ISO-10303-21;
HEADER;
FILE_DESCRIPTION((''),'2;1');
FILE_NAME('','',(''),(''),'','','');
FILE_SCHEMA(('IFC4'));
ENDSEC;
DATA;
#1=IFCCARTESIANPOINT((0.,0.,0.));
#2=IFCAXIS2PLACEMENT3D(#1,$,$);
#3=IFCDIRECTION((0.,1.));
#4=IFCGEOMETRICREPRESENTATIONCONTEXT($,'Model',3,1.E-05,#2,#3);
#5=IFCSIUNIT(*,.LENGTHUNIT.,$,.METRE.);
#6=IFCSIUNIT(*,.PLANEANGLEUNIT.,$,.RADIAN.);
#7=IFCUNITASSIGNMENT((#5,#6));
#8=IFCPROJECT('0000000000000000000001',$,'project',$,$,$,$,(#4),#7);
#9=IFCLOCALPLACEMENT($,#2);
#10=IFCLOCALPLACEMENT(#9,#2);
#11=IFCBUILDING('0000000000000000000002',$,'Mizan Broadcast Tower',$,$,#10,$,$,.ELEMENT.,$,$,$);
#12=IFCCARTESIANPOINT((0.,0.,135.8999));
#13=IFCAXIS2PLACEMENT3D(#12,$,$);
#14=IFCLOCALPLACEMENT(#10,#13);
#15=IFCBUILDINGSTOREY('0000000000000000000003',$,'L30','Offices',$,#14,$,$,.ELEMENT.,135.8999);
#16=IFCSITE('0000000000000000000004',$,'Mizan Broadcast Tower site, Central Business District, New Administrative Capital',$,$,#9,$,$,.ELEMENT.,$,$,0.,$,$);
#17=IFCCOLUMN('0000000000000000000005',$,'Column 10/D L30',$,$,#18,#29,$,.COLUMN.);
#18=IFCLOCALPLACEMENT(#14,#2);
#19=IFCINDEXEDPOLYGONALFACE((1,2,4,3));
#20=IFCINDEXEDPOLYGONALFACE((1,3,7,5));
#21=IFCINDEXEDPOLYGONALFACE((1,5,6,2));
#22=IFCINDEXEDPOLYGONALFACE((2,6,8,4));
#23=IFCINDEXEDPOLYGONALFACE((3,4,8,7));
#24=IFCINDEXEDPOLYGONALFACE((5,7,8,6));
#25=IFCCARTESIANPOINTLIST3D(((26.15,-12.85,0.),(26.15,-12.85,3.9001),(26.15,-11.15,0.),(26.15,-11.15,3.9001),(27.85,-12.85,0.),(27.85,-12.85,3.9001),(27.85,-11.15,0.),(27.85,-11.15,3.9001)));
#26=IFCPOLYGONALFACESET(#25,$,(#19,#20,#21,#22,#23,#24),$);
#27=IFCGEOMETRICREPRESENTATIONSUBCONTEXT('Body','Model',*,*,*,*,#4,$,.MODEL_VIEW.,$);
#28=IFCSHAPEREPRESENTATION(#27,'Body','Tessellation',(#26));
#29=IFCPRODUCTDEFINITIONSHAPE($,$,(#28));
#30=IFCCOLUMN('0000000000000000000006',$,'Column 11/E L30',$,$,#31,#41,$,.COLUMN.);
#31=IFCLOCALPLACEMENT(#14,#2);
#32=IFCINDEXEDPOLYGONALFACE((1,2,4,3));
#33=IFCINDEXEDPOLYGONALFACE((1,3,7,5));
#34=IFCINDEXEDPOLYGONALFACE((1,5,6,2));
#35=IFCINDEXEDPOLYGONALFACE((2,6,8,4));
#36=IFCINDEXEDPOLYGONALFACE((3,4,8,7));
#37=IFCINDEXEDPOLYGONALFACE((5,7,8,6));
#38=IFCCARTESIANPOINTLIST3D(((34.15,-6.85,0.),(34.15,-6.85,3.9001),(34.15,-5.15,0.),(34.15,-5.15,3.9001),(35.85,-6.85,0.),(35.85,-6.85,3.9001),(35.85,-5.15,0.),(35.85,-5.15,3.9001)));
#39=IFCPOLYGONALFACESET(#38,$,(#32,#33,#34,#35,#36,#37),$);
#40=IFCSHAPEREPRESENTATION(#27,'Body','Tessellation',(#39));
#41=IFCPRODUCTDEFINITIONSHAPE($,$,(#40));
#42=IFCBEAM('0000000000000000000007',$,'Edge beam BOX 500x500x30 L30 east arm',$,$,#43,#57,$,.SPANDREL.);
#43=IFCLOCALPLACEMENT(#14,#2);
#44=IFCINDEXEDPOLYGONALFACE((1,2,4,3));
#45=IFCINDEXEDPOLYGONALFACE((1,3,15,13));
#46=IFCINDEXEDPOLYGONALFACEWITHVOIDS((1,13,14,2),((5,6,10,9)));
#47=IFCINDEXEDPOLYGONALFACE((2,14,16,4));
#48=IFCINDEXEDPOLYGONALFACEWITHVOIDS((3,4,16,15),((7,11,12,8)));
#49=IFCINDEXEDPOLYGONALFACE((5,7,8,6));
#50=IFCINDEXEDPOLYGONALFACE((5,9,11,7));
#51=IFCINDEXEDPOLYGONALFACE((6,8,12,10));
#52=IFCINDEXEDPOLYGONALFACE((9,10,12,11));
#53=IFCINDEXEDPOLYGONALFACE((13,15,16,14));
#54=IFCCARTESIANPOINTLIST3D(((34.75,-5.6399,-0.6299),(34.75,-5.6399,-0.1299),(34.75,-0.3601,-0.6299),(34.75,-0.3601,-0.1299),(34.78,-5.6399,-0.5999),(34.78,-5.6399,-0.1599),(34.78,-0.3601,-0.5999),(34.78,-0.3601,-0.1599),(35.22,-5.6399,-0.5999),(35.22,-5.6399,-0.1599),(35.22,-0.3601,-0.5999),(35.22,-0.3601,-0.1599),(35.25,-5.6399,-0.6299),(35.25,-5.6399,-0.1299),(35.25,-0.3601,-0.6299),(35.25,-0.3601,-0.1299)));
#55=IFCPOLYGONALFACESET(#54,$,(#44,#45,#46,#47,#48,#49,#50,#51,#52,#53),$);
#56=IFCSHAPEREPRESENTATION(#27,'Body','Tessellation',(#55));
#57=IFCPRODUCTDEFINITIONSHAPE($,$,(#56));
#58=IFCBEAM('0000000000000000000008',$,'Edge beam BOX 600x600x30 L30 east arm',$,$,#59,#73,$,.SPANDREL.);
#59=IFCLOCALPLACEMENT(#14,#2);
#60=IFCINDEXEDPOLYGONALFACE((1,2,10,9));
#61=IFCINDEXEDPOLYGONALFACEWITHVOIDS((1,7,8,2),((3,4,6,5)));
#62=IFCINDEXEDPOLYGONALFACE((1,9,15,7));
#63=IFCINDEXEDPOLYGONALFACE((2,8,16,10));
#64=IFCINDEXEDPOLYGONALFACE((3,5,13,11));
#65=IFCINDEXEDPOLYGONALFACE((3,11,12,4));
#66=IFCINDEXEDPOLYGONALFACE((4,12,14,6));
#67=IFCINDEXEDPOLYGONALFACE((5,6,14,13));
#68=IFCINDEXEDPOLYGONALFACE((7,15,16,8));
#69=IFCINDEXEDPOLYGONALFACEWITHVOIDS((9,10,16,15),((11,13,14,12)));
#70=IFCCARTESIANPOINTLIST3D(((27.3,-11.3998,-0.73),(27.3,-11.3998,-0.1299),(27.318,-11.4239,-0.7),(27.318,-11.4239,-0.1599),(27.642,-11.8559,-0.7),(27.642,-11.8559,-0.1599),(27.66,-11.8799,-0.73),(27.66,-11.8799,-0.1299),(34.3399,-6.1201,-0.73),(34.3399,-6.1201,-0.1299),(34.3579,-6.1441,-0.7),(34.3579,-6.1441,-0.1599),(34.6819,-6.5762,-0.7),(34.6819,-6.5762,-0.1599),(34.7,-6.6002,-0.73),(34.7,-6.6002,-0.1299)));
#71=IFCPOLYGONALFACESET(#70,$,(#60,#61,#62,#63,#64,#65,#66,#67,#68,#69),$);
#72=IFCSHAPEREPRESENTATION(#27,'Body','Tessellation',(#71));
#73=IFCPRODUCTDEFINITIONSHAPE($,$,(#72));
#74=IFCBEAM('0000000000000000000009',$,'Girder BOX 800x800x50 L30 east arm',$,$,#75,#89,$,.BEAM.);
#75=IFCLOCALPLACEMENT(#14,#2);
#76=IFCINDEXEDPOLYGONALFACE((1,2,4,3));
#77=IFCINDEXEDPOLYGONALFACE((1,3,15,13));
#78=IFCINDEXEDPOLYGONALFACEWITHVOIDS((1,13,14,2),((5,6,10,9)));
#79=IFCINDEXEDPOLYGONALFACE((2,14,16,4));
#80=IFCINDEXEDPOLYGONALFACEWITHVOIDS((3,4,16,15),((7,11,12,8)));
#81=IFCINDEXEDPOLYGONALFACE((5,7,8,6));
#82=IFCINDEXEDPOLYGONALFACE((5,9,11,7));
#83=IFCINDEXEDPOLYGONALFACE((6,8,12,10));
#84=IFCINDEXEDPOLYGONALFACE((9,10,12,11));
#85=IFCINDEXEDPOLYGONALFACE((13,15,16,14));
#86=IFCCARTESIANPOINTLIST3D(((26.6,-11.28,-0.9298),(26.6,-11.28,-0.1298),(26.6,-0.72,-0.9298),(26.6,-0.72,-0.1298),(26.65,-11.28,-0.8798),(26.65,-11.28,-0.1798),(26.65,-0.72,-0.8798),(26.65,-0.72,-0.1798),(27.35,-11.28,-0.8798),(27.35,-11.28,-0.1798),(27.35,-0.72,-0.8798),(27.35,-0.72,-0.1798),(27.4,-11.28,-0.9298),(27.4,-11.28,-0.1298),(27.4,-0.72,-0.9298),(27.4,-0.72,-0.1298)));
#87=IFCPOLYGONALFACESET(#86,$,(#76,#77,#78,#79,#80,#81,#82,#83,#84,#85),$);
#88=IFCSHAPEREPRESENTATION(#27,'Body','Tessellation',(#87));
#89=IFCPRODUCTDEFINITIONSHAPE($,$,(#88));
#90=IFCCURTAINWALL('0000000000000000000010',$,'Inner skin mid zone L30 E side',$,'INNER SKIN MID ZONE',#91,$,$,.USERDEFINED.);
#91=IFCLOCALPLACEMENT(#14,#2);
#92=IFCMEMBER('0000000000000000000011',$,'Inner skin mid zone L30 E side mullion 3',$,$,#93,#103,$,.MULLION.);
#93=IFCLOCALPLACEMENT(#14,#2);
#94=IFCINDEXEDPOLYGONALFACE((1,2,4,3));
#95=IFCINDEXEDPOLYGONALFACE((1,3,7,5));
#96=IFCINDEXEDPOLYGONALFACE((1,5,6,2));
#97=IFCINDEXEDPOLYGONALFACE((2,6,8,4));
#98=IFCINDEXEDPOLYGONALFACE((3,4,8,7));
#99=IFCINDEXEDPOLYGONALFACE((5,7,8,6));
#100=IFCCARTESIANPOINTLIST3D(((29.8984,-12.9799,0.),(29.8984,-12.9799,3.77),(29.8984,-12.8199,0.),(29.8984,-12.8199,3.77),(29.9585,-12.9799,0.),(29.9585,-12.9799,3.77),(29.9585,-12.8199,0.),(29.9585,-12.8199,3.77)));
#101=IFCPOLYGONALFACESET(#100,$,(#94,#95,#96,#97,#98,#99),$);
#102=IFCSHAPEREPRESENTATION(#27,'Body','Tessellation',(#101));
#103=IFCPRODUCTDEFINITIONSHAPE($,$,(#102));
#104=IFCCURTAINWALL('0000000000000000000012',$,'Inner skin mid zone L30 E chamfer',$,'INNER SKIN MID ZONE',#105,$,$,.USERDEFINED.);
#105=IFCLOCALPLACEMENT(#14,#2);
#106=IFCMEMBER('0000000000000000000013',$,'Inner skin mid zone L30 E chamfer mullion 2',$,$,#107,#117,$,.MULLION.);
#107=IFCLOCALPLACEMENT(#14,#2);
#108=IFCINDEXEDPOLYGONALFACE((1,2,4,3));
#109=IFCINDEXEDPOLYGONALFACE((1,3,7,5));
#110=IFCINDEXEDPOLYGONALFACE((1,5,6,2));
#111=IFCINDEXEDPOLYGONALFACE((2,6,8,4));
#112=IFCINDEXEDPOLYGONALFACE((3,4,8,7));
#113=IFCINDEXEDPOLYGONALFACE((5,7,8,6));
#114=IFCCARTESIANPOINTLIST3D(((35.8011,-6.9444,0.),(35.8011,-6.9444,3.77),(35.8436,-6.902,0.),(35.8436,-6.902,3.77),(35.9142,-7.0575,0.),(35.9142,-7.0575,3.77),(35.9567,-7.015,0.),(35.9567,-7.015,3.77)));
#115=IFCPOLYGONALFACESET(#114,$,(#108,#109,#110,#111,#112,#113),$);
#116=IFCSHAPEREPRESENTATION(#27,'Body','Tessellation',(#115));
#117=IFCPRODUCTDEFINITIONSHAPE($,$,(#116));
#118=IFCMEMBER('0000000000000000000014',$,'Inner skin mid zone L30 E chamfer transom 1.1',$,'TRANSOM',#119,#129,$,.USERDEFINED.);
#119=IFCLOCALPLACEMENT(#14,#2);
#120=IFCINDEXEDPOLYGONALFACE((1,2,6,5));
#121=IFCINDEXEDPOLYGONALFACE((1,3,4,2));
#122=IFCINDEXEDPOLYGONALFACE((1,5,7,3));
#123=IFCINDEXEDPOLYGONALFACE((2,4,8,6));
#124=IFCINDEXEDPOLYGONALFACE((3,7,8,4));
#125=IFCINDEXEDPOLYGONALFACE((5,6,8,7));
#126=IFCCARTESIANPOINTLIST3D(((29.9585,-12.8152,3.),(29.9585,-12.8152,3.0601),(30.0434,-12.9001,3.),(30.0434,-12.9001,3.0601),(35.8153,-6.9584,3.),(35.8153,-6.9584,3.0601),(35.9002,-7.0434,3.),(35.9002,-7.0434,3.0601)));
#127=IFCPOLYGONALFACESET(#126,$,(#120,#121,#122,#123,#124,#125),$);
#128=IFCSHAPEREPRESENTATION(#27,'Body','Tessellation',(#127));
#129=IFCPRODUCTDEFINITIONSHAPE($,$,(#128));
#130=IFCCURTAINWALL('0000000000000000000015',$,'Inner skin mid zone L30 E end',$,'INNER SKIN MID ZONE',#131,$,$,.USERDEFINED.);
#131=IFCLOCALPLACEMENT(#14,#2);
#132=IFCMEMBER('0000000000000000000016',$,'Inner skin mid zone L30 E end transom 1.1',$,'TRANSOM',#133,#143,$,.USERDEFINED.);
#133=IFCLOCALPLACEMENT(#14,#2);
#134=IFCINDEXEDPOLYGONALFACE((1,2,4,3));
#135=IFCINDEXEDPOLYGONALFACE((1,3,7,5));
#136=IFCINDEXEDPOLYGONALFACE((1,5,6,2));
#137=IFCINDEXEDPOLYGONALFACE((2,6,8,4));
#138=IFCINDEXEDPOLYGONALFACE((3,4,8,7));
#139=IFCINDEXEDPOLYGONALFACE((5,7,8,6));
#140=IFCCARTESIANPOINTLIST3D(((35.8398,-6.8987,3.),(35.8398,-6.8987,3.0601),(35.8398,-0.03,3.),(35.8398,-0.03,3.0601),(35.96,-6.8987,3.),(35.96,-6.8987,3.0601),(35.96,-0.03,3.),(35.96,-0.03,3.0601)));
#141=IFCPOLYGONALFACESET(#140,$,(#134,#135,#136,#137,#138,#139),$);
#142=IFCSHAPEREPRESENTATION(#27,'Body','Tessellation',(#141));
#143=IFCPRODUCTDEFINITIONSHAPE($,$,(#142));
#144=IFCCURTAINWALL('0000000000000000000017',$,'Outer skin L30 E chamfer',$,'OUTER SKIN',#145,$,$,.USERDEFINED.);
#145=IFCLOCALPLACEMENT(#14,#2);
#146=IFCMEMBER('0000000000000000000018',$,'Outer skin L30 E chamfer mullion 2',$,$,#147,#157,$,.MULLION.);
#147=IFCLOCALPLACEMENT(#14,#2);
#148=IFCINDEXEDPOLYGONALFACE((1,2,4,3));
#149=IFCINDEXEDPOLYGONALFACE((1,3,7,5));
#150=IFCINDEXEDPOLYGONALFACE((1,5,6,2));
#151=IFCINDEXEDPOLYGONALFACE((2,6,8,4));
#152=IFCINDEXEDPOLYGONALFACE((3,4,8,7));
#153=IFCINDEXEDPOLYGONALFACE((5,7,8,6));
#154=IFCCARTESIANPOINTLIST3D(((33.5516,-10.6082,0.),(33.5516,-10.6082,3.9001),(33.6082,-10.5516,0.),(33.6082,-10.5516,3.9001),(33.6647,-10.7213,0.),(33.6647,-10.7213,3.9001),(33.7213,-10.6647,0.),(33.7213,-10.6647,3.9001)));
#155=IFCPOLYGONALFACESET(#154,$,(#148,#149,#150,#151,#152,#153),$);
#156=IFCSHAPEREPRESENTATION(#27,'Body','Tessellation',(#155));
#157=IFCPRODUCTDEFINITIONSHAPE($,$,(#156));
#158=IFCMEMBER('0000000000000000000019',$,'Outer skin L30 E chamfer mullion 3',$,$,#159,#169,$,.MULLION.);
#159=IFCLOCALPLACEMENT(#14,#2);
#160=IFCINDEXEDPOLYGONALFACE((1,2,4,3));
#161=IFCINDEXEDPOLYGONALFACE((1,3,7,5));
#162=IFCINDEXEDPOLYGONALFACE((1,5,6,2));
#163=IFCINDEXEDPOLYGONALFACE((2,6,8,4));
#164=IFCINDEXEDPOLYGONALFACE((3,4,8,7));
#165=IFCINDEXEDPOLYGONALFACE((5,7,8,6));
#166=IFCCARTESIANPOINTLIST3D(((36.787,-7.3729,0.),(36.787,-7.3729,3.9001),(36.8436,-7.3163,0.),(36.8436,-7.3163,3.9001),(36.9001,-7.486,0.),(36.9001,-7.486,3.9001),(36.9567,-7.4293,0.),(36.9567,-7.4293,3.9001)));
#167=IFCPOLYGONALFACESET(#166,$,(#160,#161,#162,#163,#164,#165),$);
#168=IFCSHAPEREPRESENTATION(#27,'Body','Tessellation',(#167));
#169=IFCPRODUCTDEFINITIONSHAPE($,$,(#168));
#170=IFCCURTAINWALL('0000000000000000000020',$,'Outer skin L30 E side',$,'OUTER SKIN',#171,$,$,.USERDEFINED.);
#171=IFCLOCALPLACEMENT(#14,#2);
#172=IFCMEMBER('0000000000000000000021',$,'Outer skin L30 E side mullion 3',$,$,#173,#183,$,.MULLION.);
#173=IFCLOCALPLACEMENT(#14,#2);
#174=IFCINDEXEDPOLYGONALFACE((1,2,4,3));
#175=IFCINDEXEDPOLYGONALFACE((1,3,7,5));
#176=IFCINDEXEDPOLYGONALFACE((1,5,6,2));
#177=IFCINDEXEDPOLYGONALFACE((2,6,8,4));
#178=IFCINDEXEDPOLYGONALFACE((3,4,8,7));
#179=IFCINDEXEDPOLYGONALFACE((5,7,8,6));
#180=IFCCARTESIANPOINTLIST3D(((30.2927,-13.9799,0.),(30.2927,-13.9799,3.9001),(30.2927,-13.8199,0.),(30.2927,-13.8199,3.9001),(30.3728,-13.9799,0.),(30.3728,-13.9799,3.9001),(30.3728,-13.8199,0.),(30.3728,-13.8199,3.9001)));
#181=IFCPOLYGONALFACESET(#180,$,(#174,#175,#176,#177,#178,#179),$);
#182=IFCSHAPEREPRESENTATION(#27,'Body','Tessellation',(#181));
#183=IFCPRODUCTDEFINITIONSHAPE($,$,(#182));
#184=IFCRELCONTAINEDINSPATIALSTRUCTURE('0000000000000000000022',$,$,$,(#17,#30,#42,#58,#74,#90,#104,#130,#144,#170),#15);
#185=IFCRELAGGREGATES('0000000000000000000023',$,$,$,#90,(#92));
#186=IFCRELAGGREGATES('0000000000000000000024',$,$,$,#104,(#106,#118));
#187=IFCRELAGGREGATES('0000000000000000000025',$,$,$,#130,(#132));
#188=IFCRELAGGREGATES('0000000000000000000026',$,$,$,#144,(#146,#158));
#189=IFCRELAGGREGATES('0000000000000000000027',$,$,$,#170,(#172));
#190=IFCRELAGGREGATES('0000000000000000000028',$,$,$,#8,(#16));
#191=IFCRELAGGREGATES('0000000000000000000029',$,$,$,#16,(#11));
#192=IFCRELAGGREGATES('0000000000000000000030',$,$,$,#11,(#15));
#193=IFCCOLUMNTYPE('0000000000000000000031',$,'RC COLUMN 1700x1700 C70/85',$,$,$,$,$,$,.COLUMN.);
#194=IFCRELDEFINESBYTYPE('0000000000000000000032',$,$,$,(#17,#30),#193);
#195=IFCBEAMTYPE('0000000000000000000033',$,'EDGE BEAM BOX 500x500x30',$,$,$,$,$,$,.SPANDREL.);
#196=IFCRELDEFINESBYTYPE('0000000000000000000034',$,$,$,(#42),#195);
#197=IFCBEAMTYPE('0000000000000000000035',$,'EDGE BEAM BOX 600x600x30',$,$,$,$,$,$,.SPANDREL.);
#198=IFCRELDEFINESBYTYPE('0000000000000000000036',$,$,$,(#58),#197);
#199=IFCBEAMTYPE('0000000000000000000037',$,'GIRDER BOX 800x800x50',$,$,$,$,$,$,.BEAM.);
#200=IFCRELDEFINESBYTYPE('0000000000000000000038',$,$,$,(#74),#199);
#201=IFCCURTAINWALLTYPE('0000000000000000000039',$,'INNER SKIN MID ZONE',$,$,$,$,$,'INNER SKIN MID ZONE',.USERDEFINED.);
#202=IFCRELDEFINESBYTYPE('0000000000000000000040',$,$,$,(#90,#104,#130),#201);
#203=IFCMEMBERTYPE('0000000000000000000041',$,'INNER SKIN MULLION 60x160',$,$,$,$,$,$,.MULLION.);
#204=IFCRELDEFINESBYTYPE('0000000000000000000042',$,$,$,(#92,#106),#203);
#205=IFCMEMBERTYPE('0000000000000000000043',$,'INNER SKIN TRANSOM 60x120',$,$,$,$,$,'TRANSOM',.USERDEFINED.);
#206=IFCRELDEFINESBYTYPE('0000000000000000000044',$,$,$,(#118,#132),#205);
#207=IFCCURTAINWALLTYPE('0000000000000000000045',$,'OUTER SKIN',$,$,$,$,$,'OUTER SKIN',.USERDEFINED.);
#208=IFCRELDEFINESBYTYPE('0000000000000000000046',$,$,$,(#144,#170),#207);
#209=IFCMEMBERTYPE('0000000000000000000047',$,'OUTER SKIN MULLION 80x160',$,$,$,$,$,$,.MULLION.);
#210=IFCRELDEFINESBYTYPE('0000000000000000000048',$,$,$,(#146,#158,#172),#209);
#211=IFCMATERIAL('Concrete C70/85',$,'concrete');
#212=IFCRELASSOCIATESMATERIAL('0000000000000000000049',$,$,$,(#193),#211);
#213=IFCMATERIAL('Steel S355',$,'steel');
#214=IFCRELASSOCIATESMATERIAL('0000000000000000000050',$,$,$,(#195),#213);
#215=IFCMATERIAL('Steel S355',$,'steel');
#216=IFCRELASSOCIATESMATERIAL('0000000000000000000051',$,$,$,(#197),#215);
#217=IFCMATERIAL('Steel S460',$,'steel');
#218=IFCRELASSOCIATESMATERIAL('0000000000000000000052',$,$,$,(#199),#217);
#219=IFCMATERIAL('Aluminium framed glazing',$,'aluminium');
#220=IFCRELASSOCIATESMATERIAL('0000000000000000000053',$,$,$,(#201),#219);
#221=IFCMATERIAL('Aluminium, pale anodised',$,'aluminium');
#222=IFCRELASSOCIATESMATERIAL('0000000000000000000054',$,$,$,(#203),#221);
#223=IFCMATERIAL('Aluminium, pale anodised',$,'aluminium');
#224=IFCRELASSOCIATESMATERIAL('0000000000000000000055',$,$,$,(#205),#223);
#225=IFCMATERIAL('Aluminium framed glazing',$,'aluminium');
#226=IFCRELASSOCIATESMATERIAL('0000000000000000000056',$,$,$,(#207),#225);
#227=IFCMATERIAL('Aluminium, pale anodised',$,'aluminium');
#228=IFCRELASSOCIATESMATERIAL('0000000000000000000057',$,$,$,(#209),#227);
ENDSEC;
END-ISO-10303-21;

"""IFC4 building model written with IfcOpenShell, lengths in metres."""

from ifc_helpers import new_model, si_unit, direction, frame, origin, origin_2d, place, context, subcontext, project, spatial, rectangle, hollow_rectangle, extrude, material, material_profile, profile_set, type_object, element, aggregate, save


model = new_model("IFC4")

# Units and contexts
model_context = context("Model", 3, precision=1e-05, world=origin(), true_north=direction((0.0, 1.0)))
body_context = subcontext(model_context, "Body", "Model", "MODEL_VIEW")
ifc_project = project(units=[si_unit("LENGTHUNIT", "METRE"), si_unit("PLANEANGLEUNIT", "RADIAN")], contexts=[model_context])

# Site, building, storey
site_placement = place(None, origin())
site = spatial("IfcSite", under=ifc_project, at=site_placement, Name="Mizan Broadcast Tower site, Central Business District, New Administrative Capital", CompositionType="ELEMENT", RefElevation=0.0)
building_placement = place(site_placement, origin())
building = spatial("IfcBuilding", under=site, at=building_placement, Name="Mizan Broadcast Tower", CompositionType="ELEMENT")
storey_placement = place(building_placement, frame((0.0, 0.0, 135.8999)))
storey = spatial("IfcBuildingStorey", under=building, at=storey_placement, Name="L30", Description="Offices", CompositionType="ELEMENT", Elevation=135.8999)

# Columns
ifc_material_1 = material(Name="Concrete C70/85", Category="concrete")
ifc_material_profile_1 = material_profile(ifc_material_1, rectangle(XDim=1.7, YDim=1.7, at=origin_2d()), Name="RC 1700x1700")
ifc_profile_set_1 = profile_set([ifc_material_profile_1], Name="Concrete C70/85")
column_type = type_object("IfcColumnType", Name="RC COLUMN 1700x1700 C70/85", PredefinedType="COLUMN", material=ifc_profile_set_1)
for number, where, z_axis, x_axis, name in (
    (1, (27.0, -12.0, 0.0), (0.0, 0.0, 1.0), (1.0, 0.0, 0.0), "Column 10/D L30"),
    (2, (35.0, -6.0, 0.0), (0.0, 0.0, 1.0), (1.0, 0.0, 0.0), "Column 11/E L30"),
):
    element("IfcColumn", number, at=place(storey_placement, frame(where, z_axis=z_axis, x_axis=x_axis)), inside=storey, type_object=column_type, Name=name, PredefinedType="COLUMN", context=body_context, shape_type="SweptSolid", body=[
        extrude(rectangle(XDim=1.7, YDim=1.7, at=origin_2d()), origin(), (0.0, 0.0, 1.0), 3.9001),
    ])

# Beams
ifc_material_2 = material(Name="Steel S355", Category="steel")
ifc_material_profile_2 = material_profile(ifc_material_2, hollow_rectangle(XDim=0.5, YDim=0.5, WallThickness=0.03, at=origin_2d()), Name="BOX 500x500x30")
ifc_profile_set_2 = profile_set([ifc_material_profile_2], Name="Steel S355")
beam_type_1 = type_object("IfcBeamType", Name="EDGE BEAM BOX 500x500x30", PredefinedType="SPANDREL", material=ifc_profile_set_2)
beam_1_placement = place(storey_placement, frame((35.0, -5.6399, -0.3799), z_axis=(0.0, 1.0, 0.0), x_axis=(-1.0, 0.0, 0.0)))
element("IfcBeam", 3, at=beam_1_placement, inside=storey, type_object=beam_type_1, Name="Edge beam BOX 500x500x30 L30 east arm", PredefinedType="SPANDREL", context=body_context, shape_type="SweptSolid", body=[
    extrude(hollow_rectangle(XDim=0.5, YDim=0.5, WallThickness=0.03, at=origin_2d()), origin(), (0.0, 0.0, 1.0), 5.2798),
])
ifc_material_3 = material(Name="Steel S355", Category="steel")
ifc_material_profile_3 = material_profile(ifc_material_3, hollow_rectangle(XDim=0.6001, YDim=0.6001, WallThickness=0.03, at=origin_2d()), Name="BOX 600x600x30")
ifc_profile_set_3 = profile_set([ifc_material_profile_3], Name="Steel S355")
beam_type_2 = type_object("IfcBeamType", Name="EDGE BEAM BOX 600x600x30", PredefinedType="SPANDREL", material=ifc_profile_set_3)
beam_2_placement = place(storey_placement, frame((27.48, -11.6399, -0.4299), z_axis=(0.800013, 0.599982, 0.0), x_axis=(-0.599982, 0.800013, 0.0)))
element("IfcBeam", 4, at=beam_2_placement, inside=storey, type_object=beam_type_2, Name="Edge beam BOX 600x600x30 L30 east arm", PredefinedType="SPANDREL", context=body_context, shape_type="SweptSolid", body=[
    extrude(hollow_rectangle(XDim=0.6001, YDim=0.6001, WallThickness=0.03, at=origin_2d()), origin(), (0.0, 0.0, 1.0), 8.7998),
])
ifc_material_4 = material(Name="Steel S460", Category="steel")
ifc_material_profile_4 = material_profile(ifc_material_4, hollow_rectangle(XDim=0.8, YDim=0.8, WallThickness=0.05, at=origin_2d()), Name="BOX 800x800x50")
ifc_profile_set_4 = profile_set([ifc_material_profile_4], Name="Steel S460")
beam_type_3 = type_object("IfcBeamType", Name="GIRDER BOX 800x800x50", PredefinedType="BEAM", material=ifc_profile_set_4)
beam_3_placement = place(storey_placement, frame((27.0, -11.28, -0.5298), z_axis=(0.0, 1.0, 0.0), x_axis=(-1.0, 0.0, 0.0)))
element("IfcBeam", 5, at=beam_3_placement, inside=storey, type_object=beam_type_3, Name="Girder BOX 800x800x50 L30 east arm", PredefinedType="BEAM", context=body_context, shape_type="SweptSolid", body=[
    extrude(hollow_rectangle(XDim=0.8, YDim=0.8, WallThickness=0.05, at=origin_2d()), origin(), (0.0, 0.0, 1.0), 10.5601),
])

# Curtain wall, member
ifc_material_5 = material(Name="Aluminium framed glazing", Category="aluminium")
curtain_wall_type_1 = type_object("IfcCurtainWallType", Name="INNER SKIN MID ZONE", ElementType="INNER SKIN MID ZONE", PredefinedType="USERDEFINED", material=ifc_material_5)
curtain_wall_1_placement = place(storey_placement, origin())
curtain_wall_1 = element("IfcCurtainWall", 6, at=curtain_wall_1_placement, inside=storey, type_object=curtain_wall_type_1, Name="Inner skin mid zone L30 E side", ObjectType="INNER SKIN MID ZONE", PredefinedType="USERDEFINED")
ifc_material_6 = material(Name="Aluminium, pale anodised", Category="aluminium")
ifc_material_profile_5 = material_profile(ifc_material_6, rectangle(XDim=0.1599, YDim=0.0601, at=origin_2d()), Name="MULLION 160x60")
ifc_profile_set_5 = profile_set([ifc_material_profile_5], Name="Aluminium, pale anodised")
member_type_1 = type_object("IfcMemberType", Name="INNER SKIN MULLION 60x160", PredefinedType="MULLION", material=ifc_profile_set_5)
member_1_placement = place(storey_placement, frame((29.9285, -12.8999, 0.0), z_axis=(0.0, 0.0, 1.0), x_axis=(0.0, 1.0, 0.0)))
member_1 = element("IfcMember", 7, at=member_1_placement, type_object=member_type_1, Name="Inner skin mid zone L30 E side mullion 3", PredefinedType="MULLION", context=body_context, shape_type="SweptSolid", body=[
    extrude(rectangle(XDim=0.1599, YDim=0.0601, at=origin_2d()), origin(), (0.0, 0.0, 1.0), 3.77),
])

# Curtain wall, members
curtain_wall_2_placement = place(storey_placement, origin())
curtain_wall_2 = element("IfcCurtainWall", 8, at=curtain_wall_2_placement, inside=storey, type_object=curtain_wall_type_1, Name="Inner skin mid zone L30 E chamfer", ObjectType="INNER SKIN MID ZONE", PredefinedType="USERDEFINED")
member_2_placement = place(storey_placement, frame((35.8789, -6.9797, 0.0), z_axis=(0.0, 0.0, 1.0), x_axis=(-0.707107, 0.707107, 0.0)))
member_2 = element("IfcMember", 9, at=member_2_placement, type_object=member_type_1, Name="Inner skin mid zone L30 E chamfer mullion 2", PredefinedType="MULLION", context=body_context, shape_type="SweptSolid", body=[
    extrude(rectangle(XDim=0.1599, YDim=0.0601, at=origin_2d()), origin(), (0.0, 0.0, 1.0), 3.77),
])
ifc_material_7 = material(Name="Aluminium, pale anodised", Category="aluminium")
ifc_material_profile_6 = material_profile(ifc_material_7, rectangle(XDim=0.1201, YDim=0.0601, at=origin_2d()), Name="TRANSOM 120x60")
ifc_profile_set_6 = profile_set([ifc_material_profile_6], Name="Aluminium, pale anodised")
member_type_2 = type_object("IfcMemberType", Name="INNER SKIN TRANSOM 60x120", ElementType="TRANSOM", PredefinedType="USERDEFINED", material=ifc_profile_set_6)
member_3_placement = place(storey_placement, frame((30.001, -12.8577, 3.03), z_axis=(0.707107, 0.707107, 0.0), x_axis=(-0.707107, 0.707107, 0.0)))
member_3 = element("IfcMember", 10, at=member_3_placement, type_object=member_type_2, Name="Inner skin mid zone L30 E chamfer transom 1.1", ObjectType="TRANSOM", PredefinedType="USERDEFINED", context=body_context, shape_type="SweptSolid", body=[
    extrude(rectangle(XDim=0.1201, YDim=0.0601, at=origin_2d()), origin(), (0.0, 0.0, 1.0), 8.2827),
])

# Curtain wall, member
curtain_wall_3_placement = place(storey_placement, origin())
curtain_wall_3 = element("IfcCurtainWall", 11, at=curtain_wall_3_placement, inside=storey, type_object=curtain_wall_type_1, Name="Inner skin mid zone L30 E end", ObjectType="INNER SKIN MID ZONE", PredefinedType="USERDEFINED")
member_4_placement = place(storey_placement, frame((35.8999, -6.8987, 3.03), z_axis=(0.0, 1.0, 0.0), x_axis=(-1.0, 0.0, 0.0)))
member_4 = element("IfcMember", 12, at=member_4_placement, type_object=member_type_2, Name="Inner skin mid zone L30 E end transom 1.1", ObjectType="TRANSOM", PredefinedType="USERDEFINED", context=body_context, shape_type="SweptSolid", body=[
    extrude(rectangle(XDim=0.1201, YDim=0.0601, at=origin_2d()), origin(), (0.0, 0.0, 1.0), 6.8687),
])

# Curtain wall, members
ifc_material_8 = material(Name="Aluminium framed glazing", Category="aluminium")
curtain_wall_type_2 = type_object("IfcCurtainWallType", Name="OUTER SKIN", ElementType="OUTER SKIN", PredefinedType="USERDEFINED", material=ifc_material_8)
curtain_wall_4_placement = place(storey_placement, origin())
curtain_wall_4 = element("IfcCurtainWall", 13, at=curtain_wall_4_placement, inside=storey, type_object=curtain_wall_type_2, Name="Outer skin L30 E chamfer", ObjectType="OUTER SKIN", PredefinedType="USERDEFINED")
ifc_material_9 = material(Name="Aluminium, pale anodised", Category="aluminium")
ifc_material_profile_7 = material_profile(ifc_material_9, rectangle(XDim=0.1599, YDim=0.0801, at=origin_2d()), Name="MULLION 160x80")
ifc_profile_set_7 = profile_set([ifc_material_profile_7], Name="Aluminium, pale anodised")
member_type_3 = type_object("IfcMemberType", Name="OUTER SKIN MULLION 80x160", PredefinedType="MULLION", material=ifc_profile_set_7)
member_5_placement = place(storey_placement, frame((33.6365, -10.6365, 0.0), z_axis=(0.0, 0.0, 1.0), x_axis=(-0.707107, 0.707107, 0.0)))
member_5 = element("IfcMember", 14, at=member_5_placement, type_object=member_type_3, Name="Outer skin L30 E chamfer mullion 2", PredefinedType="MULLION", context=body_context, shape_type="SweptSolid", body=[
    extrude(rectangle(XDim=0.1599, YDim=0.0801, at=origin_2d()), origin(), (0.0, 0.0, 1.0), 3.9001),
])
member_6_placement = place(storey_placement, frame((36.8718, -7.4011, 0.0), z_axis=(0.0, 0.0, 1.0), x_axis=(-0.707107, 0.707107, 0.0)))
member_6 = element("IfcMember", 15, at=member_6_placement, type_object=member_type_3, Name="Outer skin L30 E chamfer mullion 3", PredefinedType="MULLION", context=body_context, shape_type="SweptSolid", body=[
    extrude(rectangle(XDim=0.1599, YDim=0.0801, at=origin_2d()), origin(), (0.0, 0.0, 1.0), 3.9001),
])

# Curtain wall, member
curtain_wall_5_placement = place(storey_placement, origin())
curtain_wall_5 = element("IfcCurtainWall", 16, at=curtain_wall_5_placement, inside=storey, type_object=curtain_wall_type_2, Name="Outer skin L30 E side", ObjectType="OUTER SKIN", PredefinedType="USERDEFINED")
member_7_placement = place(storey_placement, frame((30.3328, -13.8999, 0.0), z_axis=(0.0, 0.0, 1.0), x_axis=(0.0, 1.0, 0.0)))
member_7 = element("IfcMember", 17, at=member_7_placement, type_object=member_type_3, Name="Outer skin L30 E side mullion 3", PredefinedType="MULLION", context=body_context, shape_type="SweptSolid", body=[
    extrude(rectangle(XDim=0.1599, YDim=0.0801, at=origin_2d()), origin(), (0.0, 0.0, 1.0), 3.9001),
])

aggregate(curtain_wall_1, [member_1])
aggregate(curtain_wall_2, [member_2, member_3])
aggregate(curtain_wall_3, [member_4])
aggregate(curtain_wall_4, [member_5, member_6])
aggregate(curtain_wall_5, [member_7])

save(model, "model.ifc")
